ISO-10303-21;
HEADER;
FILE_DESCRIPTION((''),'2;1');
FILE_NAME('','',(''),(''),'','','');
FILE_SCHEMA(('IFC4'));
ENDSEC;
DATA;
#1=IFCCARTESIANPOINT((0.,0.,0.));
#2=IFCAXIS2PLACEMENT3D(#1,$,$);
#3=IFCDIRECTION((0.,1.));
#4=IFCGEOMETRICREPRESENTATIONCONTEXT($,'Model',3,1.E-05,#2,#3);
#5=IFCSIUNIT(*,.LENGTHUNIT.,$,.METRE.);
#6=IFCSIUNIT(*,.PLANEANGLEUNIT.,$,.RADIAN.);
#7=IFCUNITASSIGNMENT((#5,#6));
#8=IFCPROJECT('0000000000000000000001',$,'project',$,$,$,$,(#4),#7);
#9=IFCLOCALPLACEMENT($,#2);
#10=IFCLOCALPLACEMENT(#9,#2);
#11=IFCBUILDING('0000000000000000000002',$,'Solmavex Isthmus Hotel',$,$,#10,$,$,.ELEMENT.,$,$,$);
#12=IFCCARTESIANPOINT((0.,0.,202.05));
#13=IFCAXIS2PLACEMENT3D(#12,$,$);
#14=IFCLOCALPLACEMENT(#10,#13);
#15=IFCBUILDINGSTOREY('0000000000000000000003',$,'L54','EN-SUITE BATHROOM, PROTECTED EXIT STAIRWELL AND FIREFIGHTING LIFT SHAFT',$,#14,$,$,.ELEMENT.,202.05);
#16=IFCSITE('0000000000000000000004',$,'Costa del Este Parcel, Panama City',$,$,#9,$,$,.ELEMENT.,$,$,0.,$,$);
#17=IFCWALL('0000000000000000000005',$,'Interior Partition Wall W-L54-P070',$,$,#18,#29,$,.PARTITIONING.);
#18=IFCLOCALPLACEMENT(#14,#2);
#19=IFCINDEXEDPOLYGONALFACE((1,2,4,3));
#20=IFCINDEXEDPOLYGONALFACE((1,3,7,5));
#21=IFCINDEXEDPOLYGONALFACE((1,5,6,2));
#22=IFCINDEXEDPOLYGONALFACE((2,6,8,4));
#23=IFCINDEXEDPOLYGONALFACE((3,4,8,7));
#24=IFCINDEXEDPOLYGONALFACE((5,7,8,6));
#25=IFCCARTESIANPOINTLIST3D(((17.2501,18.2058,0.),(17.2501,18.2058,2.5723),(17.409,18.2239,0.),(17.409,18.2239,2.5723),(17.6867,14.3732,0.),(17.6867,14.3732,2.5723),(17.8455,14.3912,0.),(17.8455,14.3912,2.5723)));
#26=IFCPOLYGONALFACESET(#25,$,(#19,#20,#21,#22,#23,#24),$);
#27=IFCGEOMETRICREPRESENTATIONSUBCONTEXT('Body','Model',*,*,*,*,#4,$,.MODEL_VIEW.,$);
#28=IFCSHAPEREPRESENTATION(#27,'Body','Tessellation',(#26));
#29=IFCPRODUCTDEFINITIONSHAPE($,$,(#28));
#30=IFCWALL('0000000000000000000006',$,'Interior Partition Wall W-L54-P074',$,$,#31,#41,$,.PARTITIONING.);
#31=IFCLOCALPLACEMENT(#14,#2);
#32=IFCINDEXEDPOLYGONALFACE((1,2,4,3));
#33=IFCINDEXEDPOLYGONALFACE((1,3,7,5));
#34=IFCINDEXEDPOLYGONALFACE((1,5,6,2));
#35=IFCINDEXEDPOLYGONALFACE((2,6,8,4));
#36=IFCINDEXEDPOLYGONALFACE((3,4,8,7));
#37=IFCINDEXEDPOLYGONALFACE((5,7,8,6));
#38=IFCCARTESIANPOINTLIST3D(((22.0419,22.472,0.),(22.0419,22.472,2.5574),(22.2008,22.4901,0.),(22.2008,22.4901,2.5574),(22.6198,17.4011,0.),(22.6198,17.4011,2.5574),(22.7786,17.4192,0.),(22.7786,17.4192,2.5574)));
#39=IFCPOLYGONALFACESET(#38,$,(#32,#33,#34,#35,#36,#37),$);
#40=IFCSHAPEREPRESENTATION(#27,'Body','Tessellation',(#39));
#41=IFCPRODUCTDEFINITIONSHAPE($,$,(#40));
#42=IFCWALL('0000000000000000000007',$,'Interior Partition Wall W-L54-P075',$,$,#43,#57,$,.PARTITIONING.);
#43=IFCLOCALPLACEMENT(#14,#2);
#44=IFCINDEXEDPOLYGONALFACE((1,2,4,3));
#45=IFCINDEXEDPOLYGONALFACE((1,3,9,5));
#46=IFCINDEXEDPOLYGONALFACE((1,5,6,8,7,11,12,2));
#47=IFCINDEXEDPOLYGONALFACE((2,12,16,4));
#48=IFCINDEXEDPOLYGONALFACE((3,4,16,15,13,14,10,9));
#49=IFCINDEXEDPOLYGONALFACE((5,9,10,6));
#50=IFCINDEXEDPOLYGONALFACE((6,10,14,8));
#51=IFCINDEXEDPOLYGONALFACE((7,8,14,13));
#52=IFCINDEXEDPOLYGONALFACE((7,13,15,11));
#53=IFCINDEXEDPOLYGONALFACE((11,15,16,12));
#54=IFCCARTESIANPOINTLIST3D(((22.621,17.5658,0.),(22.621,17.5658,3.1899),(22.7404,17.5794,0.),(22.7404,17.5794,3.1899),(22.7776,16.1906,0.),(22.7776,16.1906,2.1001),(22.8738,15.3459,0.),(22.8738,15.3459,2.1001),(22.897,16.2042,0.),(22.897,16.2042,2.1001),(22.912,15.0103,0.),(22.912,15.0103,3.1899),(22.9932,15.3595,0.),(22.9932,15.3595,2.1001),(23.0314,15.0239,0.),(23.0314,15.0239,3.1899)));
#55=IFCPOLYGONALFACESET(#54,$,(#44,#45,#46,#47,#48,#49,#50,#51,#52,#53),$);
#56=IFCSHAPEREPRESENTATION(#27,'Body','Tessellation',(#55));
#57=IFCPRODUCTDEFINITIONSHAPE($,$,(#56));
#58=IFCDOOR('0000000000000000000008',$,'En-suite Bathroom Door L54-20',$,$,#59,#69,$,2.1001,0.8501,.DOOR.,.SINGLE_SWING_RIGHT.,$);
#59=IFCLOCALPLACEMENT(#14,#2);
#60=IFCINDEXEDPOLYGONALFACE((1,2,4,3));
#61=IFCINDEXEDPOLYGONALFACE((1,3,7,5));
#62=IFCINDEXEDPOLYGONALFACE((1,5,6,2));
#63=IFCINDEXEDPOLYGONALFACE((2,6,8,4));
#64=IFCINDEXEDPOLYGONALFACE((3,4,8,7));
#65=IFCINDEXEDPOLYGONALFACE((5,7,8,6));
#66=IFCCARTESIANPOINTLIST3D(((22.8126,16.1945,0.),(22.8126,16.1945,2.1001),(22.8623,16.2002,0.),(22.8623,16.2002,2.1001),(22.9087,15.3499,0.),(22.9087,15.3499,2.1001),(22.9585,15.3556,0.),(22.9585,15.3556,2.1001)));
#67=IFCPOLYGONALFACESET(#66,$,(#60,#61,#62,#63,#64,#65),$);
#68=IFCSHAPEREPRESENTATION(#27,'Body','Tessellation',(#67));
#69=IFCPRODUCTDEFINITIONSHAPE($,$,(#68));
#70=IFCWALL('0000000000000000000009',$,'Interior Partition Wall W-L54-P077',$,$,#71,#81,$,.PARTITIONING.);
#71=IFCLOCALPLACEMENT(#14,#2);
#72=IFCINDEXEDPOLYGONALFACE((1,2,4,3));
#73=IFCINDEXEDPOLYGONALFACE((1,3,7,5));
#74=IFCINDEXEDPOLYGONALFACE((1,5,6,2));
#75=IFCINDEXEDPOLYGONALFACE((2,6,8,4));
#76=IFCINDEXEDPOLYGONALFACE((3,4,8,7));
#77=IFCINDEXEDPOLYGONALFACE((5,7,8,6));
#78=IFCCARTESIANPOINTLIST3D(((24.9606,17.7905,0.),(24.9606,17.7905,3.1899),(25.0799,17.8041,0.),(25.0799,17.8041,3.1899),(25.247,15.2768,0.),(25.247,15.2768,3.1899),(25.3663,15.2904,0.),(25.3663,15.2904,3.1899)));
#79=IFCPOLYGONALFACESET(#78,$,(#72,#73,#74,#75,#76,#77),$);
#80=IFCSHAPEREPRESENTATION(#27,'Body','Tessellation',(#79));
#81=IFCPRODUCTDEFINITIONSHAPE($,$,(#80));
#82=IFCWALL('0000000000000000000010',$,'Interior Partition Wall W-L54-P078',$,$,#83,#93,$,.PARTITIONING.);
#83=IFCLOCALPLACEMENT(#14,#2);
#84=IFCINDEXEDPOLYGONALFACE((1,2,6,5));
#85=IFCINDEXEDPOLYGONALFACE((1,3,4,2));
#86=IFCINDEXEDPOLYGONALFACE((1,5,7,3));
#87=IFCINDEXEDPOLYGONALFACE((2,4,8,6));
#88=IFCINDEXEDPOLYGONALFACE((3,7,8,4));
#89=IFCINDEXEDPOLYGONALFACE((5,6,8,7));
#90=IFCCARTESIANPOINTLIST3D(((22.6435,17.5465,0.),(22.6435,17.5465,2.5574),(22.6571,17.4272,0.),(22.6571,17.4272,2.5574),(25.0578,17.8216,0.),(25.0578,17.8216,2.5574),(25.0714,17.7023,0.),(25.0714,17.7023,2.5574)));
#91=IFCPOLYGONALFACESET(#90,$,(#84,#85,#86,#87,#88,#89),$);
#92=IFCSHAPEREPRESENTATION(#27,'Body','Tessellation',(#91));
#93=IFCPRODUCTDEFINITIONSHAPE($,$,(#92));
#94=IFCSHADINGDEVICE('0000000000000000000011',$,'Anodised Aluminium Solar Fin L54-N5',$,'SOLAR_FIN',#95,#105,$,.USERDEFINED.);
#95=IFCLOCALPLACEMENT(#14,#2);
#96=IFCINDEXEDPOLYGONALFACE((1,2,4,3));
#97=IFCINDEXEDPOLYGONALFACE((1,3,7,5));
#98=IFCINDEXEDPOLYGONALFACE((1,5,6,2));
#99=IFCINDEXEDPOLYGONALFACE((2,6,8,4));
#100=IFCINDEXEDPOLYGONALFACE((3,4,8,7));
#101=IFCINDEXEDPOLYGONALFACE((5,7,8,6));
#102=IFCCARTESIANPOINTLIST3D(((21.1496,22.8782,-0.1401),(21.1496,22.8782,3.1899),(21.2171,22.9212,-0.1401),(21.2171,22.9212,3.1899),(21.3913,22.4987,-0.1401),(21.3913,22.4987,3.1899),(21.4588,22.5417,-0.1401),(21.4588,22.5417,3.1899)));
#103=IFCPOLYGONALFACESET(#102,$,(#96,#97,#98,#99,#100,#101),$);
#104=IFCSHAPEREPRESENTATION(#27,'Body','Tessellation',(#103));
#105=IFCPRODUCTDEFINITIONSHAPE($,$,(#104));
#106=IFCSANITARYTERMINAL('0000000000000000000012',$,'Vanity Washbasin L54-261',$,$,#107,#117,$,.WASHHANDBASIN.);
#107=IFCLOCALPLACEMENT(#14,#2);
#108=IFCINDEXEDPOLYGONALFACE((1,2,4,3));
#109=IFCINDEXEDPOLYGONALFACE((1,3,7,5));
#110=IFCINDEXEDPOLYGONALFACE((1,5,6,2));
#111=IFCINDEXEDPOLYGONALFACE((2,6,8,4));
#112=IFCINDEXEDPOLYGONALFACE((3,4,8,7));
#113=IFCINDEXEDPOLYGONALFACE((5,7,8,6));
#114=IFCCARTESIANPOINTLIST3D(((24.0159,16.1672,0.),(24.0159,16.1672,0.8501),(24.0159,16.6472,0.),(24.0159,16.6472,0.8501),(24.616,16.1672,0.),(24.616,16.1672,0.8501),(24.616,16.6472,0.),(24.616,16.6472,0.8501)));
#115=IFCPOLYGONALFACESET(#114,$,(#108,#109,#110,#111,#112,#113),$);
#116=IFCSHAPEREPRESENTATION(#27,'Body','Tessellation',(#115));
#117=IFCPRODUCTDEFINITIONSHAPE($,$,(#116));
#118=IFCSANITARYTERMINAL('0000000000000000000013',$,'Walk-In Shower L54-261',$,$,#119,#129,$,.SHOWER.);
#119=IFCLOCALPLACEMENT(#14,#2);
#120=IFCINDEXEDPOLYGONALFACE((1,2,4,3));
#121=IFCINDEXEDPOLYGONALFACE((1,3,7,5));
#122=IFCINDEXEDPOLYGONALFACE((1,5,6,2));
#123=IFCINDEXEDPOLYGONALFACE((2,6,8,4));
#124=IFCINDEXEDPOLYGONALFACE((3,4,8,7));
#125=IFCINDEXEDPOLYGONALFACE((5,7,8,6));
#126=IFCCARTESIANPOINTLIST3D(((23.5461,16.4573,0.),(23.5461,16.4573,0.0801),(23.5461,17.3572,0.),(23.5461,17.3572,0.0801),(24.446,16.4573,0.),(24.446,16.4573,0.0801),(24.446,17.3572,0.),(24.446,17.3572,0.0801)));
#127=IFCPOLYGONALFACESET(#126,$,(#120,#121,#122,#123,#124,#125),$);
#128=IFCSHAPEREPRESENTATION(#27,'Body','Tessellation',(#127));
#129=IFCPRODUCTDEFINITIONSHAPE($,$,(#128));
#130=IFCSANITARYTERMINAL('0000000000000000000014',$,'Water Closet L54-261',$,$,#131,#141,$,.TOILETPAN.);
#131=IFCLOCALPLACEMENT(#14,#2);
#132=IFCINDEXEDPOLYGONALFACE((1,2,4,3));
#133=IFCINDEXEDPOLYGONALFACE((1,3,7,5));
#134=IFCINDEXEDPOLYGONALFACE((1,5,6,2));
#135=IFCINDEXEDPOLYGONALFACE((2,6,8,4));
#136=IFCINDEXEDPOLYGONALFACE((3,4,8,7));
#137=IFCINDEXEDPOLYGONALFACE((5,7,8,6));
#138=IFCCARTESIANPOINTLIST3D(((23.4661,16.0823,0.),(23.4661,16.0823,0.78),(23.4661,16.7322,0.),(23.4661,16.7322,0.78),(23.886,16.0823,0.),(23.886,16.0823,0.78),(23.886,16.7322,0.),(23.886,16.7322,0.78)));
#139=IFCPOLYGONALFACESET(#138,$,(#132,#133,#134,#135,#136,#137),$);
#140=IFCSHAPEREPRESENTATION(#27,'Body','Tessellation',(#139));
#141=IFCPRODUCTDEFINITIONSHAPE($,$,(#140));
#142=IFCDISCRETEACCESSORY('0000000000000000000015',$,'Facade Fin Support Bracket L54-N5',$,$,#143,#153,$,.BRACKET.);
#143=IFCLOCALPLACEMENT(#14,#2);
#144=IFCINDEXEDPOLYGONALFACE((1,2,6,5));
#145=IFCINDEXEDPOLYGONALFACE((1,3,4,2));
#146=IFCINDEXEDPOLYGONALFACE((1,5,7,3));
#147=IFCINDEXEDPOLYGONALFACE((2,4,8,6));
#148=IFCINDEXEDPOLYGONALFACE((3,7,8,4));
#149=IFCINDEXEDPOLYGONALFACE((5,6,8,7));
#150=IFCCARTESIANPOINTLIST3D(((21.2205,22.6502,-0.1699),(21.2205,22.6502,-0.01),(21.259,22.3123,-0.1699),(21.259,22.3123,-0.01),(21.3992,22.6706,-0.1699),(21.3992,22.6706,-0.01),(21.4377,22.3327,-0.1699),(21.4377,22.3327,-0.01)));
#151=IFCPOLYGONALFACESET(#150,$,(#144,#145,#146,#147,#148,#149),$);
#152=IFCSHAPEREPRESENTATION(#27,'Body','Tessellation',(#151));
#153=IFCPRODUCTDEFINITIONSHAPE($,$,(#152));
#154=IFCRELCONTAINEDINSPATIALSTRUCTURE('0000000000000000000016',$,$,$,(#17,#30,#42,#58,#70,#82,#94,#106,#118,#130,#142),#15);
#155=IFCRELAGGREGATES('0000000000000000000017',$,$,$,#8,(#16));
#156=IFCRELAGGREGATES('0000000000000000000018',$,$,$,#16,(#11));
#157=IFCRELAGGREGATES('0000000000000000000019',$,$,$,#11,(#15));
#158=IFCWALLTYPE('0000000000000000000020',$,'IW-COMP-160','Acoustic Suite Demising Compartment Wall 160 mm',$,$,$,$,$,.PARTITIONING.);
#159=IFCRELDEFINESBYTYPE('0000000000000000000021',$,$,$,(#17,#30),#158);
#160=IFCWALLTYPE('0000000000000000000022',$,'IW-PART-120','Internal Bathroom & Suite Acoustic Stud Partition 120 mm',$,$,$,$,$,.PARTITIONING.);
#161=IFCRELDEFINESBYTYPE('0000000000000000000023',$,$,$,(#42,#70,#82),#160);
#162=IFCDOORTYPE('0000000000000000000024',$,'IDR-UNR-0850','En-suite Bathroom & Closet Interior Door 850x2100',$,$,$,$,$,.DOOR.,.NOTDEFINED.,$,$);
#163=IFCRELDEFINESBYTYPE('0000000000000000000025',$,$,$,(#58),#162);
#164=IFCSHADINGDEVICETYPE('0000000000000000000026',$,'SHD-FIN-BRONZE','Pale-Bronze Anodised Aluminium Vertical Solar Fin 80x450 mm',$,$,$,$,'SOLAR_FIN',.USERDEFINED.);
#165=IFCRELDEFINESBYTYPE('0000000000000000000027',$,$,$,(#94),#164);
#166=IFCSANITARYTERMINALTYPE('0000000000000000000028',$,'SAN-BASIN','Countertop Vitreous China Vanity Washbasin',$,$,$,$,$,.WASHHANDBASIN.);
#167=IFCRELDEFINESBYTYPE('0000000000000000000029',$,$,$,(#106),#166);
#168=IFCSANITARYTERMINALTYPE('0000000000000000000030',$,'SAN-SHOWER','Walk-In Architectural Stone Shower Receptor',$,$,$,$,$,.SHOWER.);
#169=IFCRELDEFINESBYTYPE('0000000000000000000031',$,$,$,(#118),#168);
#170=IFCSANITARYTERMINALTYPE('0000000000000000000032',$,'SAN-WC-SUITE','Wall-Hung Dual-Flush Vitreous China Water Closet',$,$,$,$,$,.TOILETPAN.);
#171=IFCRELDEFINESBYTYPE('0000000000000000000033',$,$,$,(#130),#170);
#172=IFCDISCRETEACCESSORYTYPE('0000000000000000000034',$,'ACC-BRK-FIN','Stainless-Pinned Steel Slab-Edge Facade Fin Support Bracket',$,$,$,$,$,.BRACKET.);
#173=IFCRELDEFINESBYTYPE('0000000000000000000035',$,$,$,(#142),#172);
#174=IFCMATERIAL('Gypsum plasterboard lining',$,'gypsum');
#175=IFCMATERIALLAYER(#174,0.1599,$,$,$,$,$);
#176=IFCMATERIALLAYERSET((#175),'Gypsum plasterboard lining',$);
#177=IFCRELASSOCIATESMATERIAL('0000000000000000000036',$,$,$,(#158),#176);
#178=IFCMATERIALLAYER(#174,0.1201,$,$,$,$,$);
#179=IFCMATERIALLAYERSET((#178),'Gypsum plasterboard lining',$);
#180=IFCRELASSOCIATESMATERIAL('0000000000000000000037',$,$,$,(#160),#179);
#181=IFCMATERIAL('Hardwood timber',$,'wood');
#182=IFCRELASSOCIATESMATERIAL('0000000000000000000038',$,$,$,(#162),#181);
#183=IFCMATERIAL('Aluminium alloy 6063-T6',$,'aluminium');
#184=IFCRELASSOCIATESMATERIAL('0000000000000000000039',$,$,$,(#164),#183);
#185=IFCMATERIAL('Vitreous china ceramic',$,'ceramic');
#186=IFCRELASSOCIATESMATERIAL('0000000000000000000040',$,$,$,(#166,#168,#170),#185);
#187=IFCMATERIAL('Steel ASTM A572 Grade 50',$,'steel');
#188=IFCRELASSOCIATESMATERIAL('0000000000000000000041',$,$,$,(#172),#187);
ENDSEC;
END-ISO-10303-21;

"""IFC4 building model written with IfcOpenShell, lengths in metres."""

from ifc_helpers import new_model, si_unit, direction, frame, frame_2d, origin, origin_2d, place, context, subcontext, project, spatial, rectangle, extrude, material, layer, layer_set, type_object, element, fill, save


model = new_model("IFC4")

# Units and contexts
model_context = context("Model", 3, precision=1e-05, world=origin(), true_north=direction((0.0, 1.0)))
body_context = subcontext(model_context, "Body", "Model", "MODEL_VIEW")
ifc_project = project(units=[si_unit("LENGTHUNIT", "METRE"), si_unit("PLANEANGLEUNIT", "RADIAN")], contexts=[model_context])

# Site, building, storey
site_placement = place(None, origin())
site = spatial("IfcSite", under=ifc_project, at=site_placement, Name="Costa del Este Parcel, Panama City", CompositionType="ELEMENT", RefElevation=0.0)
building_placement = place(site_placement, origin())
building = spatial("IfcBuilding", under=site, at=building_placement, Name="Solmavex Isthmus Hotel", CompositionType="ELEMENT")
storey_placement = place(building_placement, frame((0.0, 0.0, 202.05)))
storey = spatial("IfcBuildingStorey", under=building, at=storey_placement, Name="L54", Description="EN-SUITE BATHROOM, PROTECTED EXIT STAIRWELL AND FIREFIGHTING LIFT SHAFT", CompositionType="ELEMENT", Elevation=202.05)

# Shared definitions
ifc_material_1 = material(Name="Aluminium alloy 6063-T6", Category="aluminium")

# Walls
ifc_material_2 = material(Name="Gypsum plasterboard lining", Category="gypsum")
ifc_layer_1 = layer(ifc_material_2, 0.1599)
ifc_layer_set_1 = layer_set([ifc_layer_1], Name="Gypsum plasterboard lining")
wall_type_1 = type_object("IfcWallType", Name="IW-COMP-160", Description="Acoustic Suite Demising Compartment Wall 160 mm", PredefinedType="PARTITIONING", material=ifc_layer_set_1)
wall_1_placement = place(storey_placement, frame((17.3296, 18.2148, 0.0), z_axis=(0.0, 0.0, 1.0), x_axis=(0.113161, -0.993577, 0.0)))
element("IfcWall", 1, at=wall_1_placement, inside=storey, type_object=wall_type_1, Name="Interior Partition Wall W-L54-P070", PredefinedType="PARTITIONING", context=body_context, shape_type="SweptSolid", body=[
    extrude(rectangle(XDim=3.8574, YDim=0.1599, at=frame_2d((1.9287, 0.0))), origin(), (0.0, 0.0, 1.0), 2.5723),
])
wall_2_placement = place(storey_placement, frame((22.1213, 22.481, 0.0), z_axis=(0.0, 0.0, 1.0), x_axis=(0.113224, -0.993569, 0.0)))
element("IfcWall", 2, at=wall_2_placement, inside=storey, type_object=wall_type_1, Name="Interior Partition Wall W-L54-P074", PredefinedType="PARTITIONING", context=body_context, shape_type="SweptSolid", body=[
    extrude(rectangle(XDim=5.1038, YDim=0.1599, at=frame_2d((2.5518, 0.0))), origin(), (0.0, 0.0, 1.0), 2.5574),
])

# Wall, opening, door
ifc_layer_2 = layer(ifc_material_2, 0.1201)
ifc_layer_set_2 = layer_set([ifc_layer_2], Name="Gypsum plasterboard lining")
wall_type_2 = type_object("IfcWallType", Name="IW-PART-120", Description="Internal Bathroom & Suite Acoustic Stud Partition 120 mm", PredefinedType="PARTITIONING", material=ifc_layer_set_2)
wall_3_placement = place(storey_placement, frame((22.6807, 17.5728, 0.0), z_axis=(0.0, 0.0, 1.0), x_axis=(0.11315, -0.993578, 0.0)))
wall_3 = element("IfcWall", 3, at=wall_3_placement, inside=storey, type_object=wall_type_2, Name="Interior Partition Wall W-L54-P075", PredefinedType="PARTITIONING", context=body_context, shape_type="SweptSolid", body=[
    extrude(rectangle(XDim=2.572, YDim=0.1201, at=frame_2d((1.2861, 0.0))), origin(), (0.0, 0.0, 1.0), 3.1899),
])
opening_placement = place(wall_3_placement, frame((1.3843, 0.0, 0.0)))
opening = element("IfcOpeningElement", 4, at=opening_placement, cuts=wall_3, PredefinedType="OPENING", context=body_context, shape_type="SweptSolid", body=[
    extrude(rectangle(XDim=0.8501, YDim=2.1001, at=frame_2d((0.425, 1.05))), frame((0.0, 0.0701, 0.0), z_axis=(0.0, -1.0, 0.0), x_axis=(1.0, 0.0, 0.0)), (0.0, 0.0, 1.0), 0.1401),
])
ifc_material_3 = material(Name="Hardwood timber", Category="wood")
door_type = type_object("IfcDoorType", Name="IDR-UNR-0850", Description="En-suite Bathroom & Closet Interior Door 850x2100", OperationType="NOTDEFINED", PredefinedType="DOOR", material=ifc_material_3)
door_placement = place(opening_placement, frame((0.8501, 0.0, 0.0), z_axis=(0.0, 0.0, 1.0), x_axis=(-1.0, 0.0, 0.0)))
door = element("IfcDoor", 5, at=door_placement, inside=storey, type_object=door_type, Name="En-suite Bathroom Door L54-20", OperationType="SINGLE_SWING_RIGHT", OverallHeight=2.1001, OverallWidth=0.8501, PredefinedType="DOOR", context=body_context, shape_type="SweptSolid", body=[
    extrude(rectangle(XDim=0.8501, YDim=2.1001, at=frame_2d((0.425, 1.05))), frame((0.0, 0.0249, 0.0), z_axis=(0.0, -1.0, 0.0), x_axis=(1.0, 0.0, 0.0)), (0.0, 0.0, 1.0), 0.05),
])
fill(opening, door)

# Walls
wall_4_placement = place(storey_placement, frame((25.3066, 15.2834, 0.0), z_axis=(0.0, 0.0, 1.0), x_axis=(-0.113195, 0.993573, 0.0)))
element("IfcWall", 6, at=wall_4_placement, inside=storey, type_object=wall_type_2, Name="Interior Partition Wall W-L54-P077", PredefinedType="PARTITIONING", context=body_context, shape_type="SweptSolid", body=[
    extrude(rectangle(XDim=2.53, YDim=0.1201, at=frame_2d((1.2651, 0.0))), origin(), (0.0, 0.0, 1.0), 3.1899),
])
wall_5_placement = place(storey_placement, frame((25.0645, 17.762, 0.0), z_axis=(0.0, 0.0, 1.0), x_axis=(-0.993569, -0.113232, 0.0)))
element("IfcWall", 7, at=wall_5_placement, inside=storey, type_object=wall_type_2, Name="Interior Partition Wall W-L54-P078", PredefinedType="PARTITIONING", context=body_context, shape_type="SweptSolid", body=[
    extrude(rectangle(XDim=2.4299, YDim=0.1201, at=frame_2d((1.2148, 0.0))), origin(), (0.0, 0.0, 1.0), 2.5574),
])

# Shading device
shading_device_type = type_object("IfcShadingDeviceType", Name="SHD-FIN-BRONZE", Description="Pale-Bronze Anodised Aluminium Vertical Solar Fin 80x450 mm", ElementType="SOLAR_FIN", PredefinedType="USERDEFINED", material=ifc_material_1)
shading_device_placement = place(storey_placement, frame((21.3042, 22.71, -0.1401), z_axis=(0.0, 0.0, 1.0), x_axis=(-0.5373, 0.843391, 0.0)))
element("IfcShadingDevice", 8, at=shading_device_placement, inside=storey, type_object=shading_device_type, Name="Anodised Aluminium Solar Fin L54-N5", ObjectType="SOLAR_FIN", PredefinedType="USERDEFINED", context=body_context, shape_type="SweptSolid", body=[
    extrude(rectangle(XDim=0.45, YDim=0.0801, at=origin_2d()), origin(), (0.0, 0.0, 1.0), 3.3301),
])

# Sanitary terminals
ifc_material_4 = material(Name="Vitreous china ceramic", Category="ceramic")
sanitary_terminal_type_1 = type_object("IfcSanitaryTerminalType", Name="SAN-BASIN", Description="Countertop Vitreous China Vanity Washbasin", PredefinedType="WASHHANDBASIN", material=ifc_material_4)
sanitary_terminal_1_placement = place(storey_placement, frame((24.3159, 16.4072, 0.0), z_axis=(0.0, 0.0, 1.0), x_axis=(1.0, 0.0, 0.0)))
element("IfcSanitaryTerminal", 9, at=sanitary_terminal_1_placement, inside=storey, type_object=sanitary_terminal_type_1, Name="Vanity Washbasin L54-261", PredefinedType="WASHHANDBASIN", context=body_context, shape_type="SweptSolid", body=[
    extrude(rectangle(XDim=0.6001, YDim=0.48, at=origin_2d()), origin(), (0.0, 0.0, 1.0), 0.8501),
])
sanitary_terminal_type_2 = type_object("IfcSanitaryTerminalType", Name="SAN-SHOWER", Description="Walk-In Architectural Stone Shower Receptor", PredefinedType="SHOWER", material=ifc_material_4)
sanitary_terminal_2_placement = place(storey_placement, frame((23.9961, 16.9072, 0.0), z_axis=(0.0, 0.0, 1.0), x_axis=(1.0, 0.0, 0.0)))
element("IfcSanitaryTerminal", 10, at=sanitary_terminal_2_placement, inside=storey, type_object=sanitary_terminal_type_2, Name="Walk-In Shower L54-261", PredefinedType="SHOWER", context=body_context, shape_type="SweptSolid", body=[
    extrude(rectangle(XDim=0.8999, YDim=0.8999, at=origin_2d()), origin(), (0.0, 0.0, 1.0), 0.0801),
])
sanitary_terminal_type_3 = type_object("IfcSanitaryTerminalType", Name="SAN-WC-SUITE", Description="Wall-Hung Dual-Flush Vitreous China Water Closet", PredefinedType="TOILETPAN", material=ifc_material_4)
sanitary_terminal_3_placement = place(storey_placement, frame((23.676, 16.4072, 0.0), z_axis=(0.0, 0.0, 1.0), x_axis=(1.0, 0.0, 0.0)))
element("IfcSanitaryTerminal", 11, at=sanitary_terminal_3_placement, inside=storey, type_object=sanitary_terminal_type_3, Name="Water Closet L54-261", PredefinedType="TOILETPAN", context=body_context, shape_type="SweptSolid", body=[
    extrude(rectangle(XDim=0.4199, YDim=0.6499, at=origin_2d()), origin(), (0.0, 0.0, 1.0), 0.78),
])

# Discrete accessory
ifc_material_5 = material(Name="Steel ASTM A572 Grade 50", Category="steel")
discrete_accessory_type = type_object("IfcDiscreteAccessoryType", Name="ACC-BRK-FIN", Description="Stainless-Pinned Steel Slab-Edge Facade Fin Support Bracket", PredefinedType="BRACKET", material=ifc_material_5)
discrete_accessory_placement = place(storey_placement, frame((21.3291, 22.4915, -0.1699), z_axis=(0.0, 0.0, 1.0), x_axis=(-0.113203, 0.993572, 0.0)))
element("IfcDiscreteAccessory", 12, at=discrete_accessory_placement, inside=storey, type_object=discrete_accessory_type, Name="Facade Fin Support Bracket L54-N5", PredefinedType="BRACKET", context=body_context, shape_type="SweptSolid", body=[
    extrude(rectangle(XDim=0.3401, YDim=0.1799, at=origin_2d()), origin(), (0.0, 0.0, 1.0), 0.1599),
])

save(model, "model.ifc")
